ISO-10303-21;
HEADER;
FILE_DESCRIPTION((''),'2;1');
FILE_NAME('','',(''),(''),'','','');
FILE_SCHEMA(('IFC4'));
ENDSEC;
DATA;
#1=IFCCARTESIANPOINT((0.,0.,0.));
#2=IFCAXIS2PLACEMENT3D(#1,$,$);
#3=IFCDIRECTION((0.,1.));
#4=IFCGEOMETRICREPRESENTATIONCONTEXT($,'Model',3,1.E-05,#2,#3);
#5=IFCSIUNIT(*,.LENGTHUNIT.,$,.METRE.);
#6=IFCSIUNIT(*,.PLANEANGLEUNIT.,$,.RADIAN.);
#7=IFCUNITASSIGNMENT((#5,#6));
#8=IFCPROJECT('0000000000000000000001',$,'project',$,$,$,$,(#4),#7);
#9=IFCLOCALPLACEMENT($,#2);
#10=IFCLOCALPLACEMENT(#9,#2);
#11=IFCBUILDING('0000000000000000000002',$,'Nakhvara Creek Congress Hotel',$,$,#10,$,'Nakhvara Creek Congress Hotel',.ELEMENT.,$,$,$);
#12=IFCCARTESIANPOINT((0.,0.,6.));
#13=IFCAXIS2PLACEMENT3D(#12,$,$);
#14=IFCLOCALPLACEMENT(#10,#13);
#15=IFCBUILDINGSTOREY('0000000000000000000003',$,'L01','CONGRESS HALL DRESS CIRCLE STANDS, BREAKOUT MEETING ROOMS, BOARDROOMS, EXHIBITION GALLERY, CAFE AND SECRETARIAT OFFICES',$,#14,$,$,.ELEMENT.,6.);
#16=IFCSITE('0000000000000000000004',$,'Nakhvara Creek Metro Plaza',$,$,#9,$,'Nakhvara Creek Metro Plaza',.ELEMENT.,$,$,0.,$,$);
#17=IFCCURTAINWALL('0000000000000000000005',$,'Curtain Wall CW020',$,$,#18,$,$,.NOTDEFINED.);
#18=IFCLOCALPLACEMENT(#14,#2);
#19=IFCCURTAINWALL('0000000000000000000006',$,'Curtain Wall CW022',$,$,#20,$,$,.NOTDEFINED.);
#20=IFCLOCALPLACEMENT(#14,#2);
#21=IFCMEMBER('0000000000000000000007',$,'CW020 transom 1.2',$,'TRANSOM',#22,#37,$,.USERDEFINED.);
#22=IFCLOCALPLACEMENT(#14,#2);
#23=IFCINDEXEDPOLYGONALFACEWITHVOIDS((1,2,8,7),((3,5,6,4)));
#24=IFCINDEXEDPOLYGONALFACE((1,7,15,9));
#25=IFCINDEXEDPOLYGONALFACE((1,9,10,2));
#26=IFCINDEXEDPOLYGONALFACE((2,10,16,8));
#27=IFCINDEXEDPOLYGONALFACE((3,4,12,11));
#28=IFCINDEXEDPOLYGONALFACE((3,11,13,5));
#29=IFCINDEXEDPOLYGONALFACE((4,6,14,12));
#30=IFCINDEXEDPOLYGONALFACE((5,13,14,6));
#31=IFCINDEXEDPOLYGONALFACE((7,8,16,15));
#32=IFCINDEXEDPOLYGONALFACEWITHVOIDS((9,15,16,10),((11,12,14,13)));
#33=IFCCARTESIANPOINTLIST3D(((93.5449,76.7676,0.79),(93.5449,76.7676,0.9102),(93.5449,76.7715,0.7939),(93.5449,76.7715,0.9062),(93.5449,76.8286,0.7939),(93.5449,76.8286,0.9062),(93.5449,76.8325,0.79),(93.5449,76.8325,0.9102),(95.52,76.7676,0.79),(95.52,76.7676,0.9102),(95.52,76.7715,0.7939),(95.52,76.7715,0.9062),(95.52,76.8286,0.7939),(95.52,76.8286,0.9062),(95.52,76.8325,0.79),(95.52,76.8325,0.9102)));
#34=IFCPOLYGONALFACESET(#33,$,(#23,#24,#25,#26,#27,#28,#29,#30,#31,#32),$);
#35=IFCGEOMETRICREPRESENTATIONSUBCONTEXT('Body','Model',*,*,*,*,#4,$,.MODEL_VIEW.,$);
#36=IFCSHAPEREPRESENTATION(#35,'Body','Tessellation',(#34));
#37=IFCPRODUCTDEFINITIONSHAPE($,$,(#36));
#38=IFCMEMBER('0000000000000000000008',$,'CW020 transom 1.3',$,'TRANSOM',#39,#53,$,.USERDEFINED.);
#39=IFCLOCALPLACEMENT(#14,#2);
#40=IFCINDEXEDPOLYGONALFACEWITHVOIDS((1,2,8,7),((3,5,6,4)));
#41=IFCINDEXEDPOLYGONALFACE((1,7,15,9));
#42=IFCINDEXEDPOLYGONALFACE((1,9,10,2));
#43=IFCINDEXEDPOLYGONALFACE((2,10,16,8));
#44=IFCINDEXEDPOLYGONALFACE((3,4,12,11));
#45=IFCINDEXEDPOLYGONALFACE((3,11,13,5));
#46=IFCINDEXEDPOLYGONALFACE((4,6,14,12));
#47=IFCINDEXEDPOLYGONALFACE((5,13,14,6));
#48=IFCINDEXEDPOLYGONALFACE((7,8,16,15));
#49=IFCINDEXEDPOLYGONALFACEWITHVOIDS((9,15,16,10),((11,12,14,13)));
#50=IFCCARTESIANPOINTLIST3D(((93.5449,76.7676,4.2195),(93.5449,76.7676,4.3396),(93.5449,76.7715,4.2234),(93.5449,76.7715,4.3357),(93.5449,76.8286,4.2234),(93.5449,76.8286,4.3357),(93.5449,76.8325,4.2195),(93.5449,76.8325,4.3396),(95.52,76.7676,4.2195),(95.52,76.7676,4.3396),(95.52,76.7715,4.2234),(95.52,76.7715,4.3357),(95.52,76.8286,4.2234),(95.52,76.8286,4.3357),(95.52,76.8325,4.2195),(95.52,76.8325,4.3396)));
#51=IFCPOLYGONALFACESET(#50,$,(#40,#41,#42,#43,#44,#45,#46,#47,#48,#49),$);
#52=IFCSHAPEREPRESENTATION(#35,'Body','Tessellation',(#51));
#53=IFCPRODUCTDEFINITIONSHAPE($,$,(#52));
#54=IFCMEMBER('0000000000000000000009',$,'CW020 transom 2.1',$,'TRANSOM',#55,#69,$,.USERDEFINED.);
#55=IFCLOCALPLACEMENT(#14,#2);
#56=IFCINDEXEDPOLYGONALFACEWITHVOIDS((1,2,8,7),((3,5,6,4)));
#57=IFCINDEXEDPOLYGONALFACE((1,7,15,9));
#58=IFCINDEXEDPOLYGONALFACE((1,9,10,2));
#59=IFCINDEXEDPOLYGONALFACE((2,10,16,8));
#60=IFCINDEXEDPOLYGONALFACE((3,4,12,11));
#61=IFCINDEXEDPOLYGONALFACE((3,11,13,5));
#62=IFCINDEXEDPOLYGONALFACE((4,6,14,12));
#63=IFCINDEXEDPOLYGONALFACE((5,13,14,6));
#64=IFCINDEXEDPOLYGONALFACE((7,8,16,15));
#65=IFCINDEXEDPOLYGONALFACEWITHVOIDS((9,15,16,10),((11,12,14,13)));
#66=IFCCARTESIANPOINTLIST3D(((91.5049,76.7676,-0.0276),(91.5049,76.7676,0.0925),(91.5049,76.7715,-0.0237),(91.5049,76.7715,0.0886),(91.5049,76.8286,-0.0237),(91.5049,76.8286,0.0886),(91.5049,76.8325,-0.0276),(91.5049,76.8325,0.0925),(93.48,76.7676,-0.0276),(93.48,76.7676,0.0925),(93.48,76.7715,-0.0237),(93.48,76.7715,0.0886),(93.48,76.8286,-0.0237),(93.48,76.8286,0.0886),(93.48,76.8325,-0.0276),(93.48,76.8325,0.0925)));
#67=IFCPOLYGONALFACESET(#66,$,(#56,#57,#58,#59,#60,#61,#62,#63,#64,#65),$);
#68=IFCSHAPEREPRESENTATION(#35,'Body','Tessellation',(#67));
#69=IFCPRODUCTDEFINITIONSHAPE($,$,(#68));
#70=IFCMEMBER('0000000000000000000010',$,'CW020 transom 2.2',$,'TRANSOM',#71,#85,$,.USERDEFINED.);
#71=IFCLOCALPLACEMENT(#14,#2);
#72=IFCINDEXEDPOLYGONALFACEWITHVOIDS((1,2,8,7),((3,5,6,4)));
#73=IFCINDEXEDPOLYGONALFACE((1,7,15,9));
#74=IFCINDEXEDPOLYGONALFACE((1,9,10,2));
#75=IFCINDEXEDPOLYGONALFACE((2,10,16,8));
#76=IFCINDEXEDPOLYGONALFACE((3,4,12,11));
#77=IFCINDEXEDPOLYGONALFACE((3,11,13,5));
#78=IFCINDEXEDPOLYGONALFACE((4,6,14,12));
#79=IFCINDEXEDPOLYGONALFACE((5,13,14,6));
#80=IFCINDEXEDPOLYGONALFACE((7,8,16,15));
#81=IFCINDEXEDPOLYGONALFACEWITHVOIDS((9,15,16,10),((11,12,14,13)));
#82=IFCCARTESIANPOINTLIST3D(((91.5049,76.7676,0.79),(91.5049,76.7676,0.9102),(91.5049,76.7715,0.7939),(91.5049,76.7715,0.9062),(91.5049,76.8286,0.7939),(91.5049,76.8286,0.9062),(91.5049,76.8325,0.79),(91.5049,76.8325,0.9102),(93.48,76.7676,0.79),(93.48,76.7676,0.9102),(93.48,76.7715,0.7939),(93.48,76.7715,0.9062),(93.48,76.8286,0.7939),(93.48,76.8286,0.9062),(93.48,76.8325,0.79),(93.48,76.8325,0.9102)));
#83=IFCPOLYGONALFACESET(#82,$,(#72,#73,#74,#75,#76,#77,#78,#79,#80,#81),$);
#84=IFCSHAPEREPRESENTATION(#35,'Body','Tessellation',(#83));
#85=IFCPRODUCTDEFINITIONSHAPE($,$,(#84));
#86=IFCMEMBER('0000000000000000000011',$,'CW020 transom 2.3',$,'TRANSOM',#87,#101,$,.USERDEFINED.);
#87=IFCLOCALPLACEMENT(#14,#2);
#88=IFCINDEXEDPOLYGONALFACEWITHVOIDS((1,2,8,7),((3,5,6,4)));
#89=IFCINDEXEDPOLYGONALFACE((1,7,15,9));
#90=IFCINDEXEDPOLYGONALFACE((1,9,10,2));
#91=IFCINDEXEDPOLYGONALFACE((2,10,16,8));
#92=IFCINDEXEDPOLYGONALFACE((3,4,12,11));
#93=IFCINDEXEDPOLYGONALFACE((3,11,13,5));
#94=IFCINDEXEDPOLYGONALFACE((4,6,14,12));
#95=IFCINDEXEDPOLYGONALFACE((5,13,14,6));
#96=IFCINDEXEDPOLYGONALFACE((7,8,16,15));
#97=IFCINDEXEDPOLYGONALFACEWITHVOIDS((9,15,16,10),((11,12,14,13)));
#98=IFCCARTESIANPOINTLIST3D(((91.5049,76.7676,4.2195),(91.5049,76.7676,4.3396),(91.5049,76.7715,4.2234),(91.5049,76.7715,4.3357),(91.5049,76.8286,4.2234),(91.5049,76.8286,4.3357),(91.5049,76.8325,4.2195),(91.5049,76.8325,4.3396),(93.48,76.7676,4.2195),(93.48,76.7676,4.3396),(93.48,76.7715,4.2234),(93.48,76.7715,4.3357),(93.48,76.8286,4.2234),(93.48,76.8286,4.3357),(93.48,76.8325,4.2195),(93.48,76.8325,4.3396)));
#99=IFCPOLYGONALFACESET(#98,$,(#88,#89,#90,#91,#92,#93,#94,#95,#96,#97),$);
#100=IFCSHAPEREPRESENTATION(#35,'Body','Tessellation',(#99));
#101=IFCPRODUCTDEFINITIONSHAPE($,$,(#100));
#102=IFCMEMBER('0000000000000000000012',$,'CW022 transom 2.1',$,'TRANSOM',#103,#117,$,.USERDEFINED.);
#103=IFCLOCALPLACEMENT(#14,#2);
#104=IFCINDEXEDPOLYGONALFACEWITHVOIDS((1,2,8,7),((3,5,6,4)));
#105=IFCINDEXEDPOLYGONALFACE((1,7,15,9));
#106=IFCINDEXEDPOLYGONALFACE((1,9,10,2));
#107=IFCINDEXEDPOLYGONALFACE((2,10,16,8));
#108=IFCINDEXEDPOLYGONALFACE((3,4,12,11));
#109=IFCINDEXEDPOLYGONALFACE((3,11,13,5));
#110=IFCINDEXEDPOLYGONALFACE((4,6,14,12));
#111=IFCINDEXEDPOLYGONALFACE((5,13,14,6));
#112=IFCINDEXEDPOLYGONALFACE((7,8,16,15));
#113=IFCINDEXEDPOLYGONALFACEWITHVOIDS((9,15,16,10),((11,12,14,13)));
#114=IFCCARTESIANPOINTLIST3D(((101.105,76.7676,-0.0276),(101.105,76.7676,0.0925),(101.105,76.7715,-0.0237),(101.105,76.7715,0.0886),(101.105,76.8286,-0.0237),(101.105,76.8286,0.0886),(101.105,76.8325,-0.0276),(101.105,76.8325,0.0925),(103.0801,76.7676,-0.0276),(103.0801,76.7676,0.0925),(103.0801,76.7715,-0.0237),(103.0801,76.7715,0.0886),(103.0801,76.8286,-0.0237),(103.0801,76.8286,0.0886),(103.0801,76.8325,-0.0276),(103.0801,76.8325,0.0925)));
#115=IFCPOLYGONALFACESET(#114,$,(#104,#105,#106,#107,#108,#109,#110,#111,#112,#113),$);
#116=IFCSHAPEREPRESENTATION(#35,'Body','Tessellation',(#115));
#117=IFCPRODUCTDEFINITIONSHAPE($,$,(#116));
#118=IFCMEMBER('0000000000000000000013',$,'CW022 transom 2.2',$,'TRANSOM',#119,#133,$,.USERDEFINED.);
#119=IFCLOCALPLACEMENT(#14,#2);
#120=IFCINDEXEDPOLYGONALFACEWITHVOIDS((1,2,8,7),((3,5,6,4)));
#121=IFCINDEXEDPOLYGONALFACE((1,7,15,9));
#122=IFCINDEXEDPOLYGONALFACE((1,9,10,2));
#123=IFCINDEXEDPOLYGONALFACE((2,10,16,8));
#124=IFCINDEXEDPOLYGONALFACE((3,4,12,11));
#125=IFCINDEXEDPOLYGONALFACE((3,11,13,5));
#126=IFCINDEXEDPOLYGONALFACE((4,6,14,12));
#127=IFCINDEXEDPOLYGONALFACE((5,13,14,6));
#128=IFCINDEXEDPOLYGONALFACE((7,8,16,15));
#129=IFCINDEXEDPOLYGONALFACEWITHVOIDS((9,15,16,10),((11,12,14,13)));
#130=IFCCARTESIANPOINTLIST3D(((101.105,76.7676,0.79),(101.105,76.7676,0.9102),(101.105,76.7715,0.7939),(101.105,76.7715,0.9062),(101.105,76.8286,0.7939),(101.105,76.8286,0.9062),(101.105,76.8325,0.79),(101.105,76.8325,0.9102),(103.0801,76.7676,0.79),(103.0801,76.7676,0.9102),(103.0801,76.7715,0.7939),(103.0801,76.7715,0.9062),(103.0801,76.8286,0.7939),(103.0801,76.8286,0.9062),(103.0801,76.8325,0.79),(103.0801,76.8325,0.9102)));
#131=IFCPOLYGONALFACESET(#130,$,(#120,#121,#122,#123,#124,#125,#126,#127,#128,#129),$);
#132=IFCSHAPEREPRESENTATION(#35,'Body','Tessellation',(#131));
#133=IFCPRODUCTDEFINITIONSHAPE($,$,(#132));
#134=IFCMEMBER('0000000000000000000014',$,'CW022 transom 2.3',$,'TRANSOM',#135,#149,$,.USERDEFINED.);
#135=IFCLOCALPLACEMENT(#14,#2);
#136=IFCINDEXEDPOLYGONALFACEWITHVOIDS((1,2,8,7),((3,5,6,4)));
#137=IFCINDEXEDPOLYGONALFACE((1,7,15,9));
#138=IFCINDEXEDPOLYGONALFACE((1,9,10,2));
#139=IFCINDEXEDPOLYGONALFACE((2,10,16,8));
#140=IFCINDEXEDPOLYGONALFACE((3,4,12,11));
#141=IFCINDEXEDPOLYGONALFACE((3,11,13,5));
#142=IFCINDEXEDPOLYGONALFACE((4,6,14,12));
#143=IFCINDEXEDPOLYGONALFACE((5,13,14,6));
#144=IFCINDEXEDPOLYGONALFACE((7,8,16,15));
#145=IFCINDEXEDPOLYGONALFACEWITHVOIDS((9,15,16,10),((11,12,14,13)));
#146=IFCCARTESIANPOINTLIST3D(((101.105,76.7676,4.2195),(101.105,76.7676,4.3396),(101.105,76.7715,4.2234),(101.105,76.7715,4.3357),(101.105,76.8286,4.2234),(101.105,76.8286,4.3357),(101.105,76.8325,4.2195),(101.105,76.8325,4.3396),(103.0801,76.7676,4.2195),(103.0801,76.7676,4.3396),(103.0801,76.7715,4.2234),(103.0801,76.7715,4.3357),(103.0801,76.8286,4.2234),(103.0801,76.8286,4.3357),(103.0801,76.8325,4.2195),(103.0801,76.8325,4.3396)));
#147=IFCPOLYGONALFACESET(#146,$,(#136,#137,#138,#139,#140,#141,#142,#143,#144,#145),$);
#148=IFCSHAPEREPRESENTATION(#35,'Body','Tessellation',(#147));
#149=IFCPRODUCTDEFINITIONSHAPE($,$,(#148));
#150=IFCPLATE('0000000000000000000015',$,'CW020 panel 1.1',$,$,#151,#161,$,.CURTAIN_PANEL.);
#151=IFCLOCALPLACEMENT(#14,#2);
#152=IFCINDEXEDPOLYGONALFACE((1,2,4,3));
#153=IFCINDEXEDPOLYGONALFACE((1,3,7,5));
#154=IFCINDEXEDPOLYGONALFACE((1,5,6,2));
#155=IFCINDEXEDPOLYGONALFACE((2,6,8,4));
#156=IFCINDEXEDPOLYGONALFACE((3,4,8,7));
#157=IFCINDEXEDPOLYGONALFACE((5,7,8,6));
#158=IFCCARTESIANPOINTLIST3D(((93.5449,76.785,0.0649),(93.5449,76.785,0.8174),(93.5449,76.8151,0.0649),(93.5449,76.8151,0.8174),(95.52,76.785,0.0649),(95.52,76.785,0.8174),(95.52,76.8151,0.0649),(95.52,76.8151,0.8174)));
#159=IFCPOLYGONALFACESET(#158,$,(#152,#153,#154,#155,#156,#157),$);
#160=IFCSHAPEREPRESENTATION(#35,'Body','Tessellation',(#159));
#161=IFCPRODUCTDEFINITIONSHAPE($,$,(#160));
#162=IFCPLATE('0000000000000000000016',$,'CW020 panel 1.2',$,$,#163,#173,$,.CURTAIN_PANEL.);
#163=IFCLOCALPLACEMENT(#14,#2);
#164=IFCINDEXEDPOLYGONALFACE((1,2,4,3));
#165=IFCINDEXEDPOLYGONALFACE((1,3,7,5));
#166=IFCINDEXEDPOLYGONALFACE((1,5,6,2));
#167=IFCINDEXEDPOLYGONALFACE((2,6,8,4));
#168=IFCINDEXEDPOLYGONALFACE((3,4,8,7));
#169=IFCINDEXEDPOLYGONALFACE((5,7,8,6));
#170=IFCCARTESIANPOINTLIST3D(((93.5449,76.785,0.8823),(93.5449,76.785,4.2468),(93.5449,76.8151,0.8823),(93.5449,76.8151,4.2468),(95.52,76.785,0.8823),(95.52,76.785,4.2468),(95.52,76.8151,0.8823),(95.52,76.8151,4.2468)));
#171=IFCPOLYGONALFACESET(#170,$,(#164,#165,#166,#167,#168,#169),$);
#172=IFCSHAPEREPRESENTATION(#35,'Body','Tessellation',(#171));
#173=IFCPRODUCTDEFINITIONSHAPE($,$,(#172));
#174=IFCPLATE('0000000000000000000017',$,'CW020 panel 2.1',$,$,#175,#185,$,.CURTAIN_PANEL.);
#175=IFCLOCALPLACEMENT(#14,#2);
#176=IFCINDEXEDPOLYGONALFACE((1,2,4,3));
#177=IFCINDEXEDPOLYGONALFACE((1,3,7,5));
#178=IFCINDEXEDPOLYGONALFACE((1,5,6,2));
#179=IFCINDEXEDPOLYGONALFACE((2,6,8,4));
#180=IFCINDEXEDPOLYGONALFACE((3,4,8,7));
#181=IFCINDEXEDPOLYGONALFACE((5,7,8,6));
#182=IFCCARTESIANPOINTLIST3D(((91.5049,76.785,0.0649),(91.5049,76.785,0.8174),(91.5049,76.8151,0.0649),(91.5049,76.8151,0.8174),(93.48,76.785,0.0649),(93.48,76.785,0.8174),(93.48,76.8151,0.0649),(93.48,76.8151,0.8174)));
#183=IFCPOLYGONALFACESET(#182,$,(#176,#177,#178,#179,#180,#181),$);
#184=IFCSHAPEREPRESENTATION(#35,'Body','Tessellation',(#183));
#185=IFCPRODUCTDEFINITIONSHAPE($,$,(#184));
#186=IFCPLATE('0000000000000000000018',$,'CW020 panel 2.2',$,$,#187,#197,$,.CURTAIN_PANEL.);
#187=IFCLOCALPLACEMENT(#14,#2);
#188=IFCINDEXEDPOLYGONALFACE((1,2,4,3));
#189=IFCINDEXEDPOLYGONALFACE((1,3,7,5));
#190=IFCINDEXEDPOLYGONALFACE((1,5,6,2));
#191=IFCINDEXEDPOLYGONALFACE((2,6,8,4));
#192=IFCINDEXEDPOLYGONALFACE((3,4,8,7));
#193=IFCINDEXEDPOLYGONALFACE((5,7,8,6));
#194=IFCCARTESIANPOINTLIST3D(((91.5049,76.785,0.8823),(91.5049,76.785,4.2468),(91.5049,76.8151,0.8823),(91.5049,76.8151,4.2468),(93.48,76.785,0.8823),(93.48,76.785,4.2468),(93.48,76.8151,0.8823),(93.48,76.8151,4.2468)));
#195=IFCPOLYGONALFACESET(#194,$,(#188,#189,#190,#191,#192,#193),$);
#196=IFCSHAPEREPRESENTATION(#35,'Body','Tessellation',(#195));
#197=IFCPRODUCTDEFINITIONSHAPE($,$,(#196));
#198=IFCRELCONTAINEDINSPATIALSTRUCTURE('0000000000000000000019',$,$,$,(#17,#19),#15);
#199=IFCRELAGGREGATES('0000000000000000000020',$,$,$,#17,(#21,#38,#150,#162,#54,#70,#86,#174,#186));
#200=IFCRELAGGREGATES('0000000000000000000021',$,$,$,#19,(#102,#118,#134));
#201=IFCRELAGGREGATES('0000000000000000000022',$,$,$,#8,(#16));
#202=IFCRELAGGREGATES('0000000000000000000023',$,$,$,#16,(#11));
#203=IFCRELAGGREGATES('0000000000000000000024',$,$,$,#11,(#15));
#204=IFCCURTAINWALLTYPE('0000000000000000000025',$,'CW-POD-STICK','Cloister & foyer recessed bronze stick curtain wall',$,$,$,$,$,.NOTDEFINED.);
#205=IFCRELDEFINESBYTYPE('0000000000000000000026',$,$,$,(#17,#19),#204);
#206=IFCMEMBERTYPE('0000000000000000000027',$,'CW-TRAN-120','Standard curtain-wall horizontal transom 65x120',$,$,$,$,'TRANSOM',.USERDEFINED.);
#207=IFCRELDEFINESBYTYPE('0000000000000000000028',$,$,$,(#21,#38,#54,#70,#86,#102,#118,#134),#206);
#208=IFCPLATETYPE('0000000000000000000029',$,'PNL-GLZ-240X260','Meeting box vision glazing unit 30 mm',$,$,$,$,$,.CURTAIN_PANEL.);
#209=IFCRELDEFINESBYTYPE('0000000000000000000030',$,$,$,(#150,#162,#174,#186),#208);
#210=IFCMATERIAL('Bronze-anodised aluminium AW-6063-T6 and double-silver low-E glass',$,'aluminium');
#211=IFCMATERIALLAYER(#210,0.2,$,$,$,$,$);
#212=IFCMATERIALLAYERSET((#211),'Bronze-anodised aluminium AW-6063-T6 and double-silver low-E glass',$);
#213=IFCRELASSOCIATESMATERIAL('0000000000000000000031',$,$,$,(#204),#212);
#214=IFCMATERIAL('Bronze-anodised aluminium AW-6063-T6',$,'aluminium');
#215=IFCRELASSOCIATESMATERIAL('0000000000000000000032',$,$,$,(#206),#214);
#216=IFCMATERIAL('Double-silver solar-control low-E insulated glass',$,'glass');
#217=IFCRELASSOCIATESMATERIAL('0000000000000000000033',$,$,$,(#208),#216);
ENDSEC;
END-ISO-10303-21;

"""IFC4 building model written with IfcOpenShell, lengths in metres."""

from ifc_helpers import new_model, si_unit, direction, frame, origin, origin_2d, place, context, subcontext, project, spatial, rectangle, hollow_rectangle, extrude, material, layer, layer_set, material_profile, profile_set, type_object, element, aggregate, save


model = new_model("IFC4")

# Units and contexts
model_context = context("Model", 3, precision=1e-05, world=origin(), true_north=direction((0.0, 1.0)))
body_context = subcontext(model_context, "Body", "Model", "MODEL_VIEW")
ifc_project = project(units=[si_unit("LENGTHUNIT", "METRE"), si_unit("PLANEANGLEUNIT", "RADIAN")], contexts=[model_context])

# Site, building, storey
site_placement = place(None, origin())
site = spatial("IfcSite", under=ifc_project, at=site_placement, Name="Nakhvara Creek Metro Plaza", LongName="Nakhvara Creek Metro Plaza", CompositionType="ELEMENT", RefElevation=0.0)
building_placement = place(site_placement, origin())
building = spatial("IfcBuilding", under=site, at=building_placement, Name="Nakhvara Creek Congress Hotel", LongName="Nakhvara Creek Congress Hotel", CompositionType="ELEMENT")
storey_placement = place(building_placement, frame((0.0, 0.0, 6.0)))
storey = spatial("IfcBuildingStorey", under=building, at=storey_placement, Name="L01", Description="CONGRESS HALL DRESS CIRCLE STANDS, BREAKOUT MEETING ROOMS, BOARDROOMS, EXHIBITION GALLERY, CAFE AND SECRETARIAT OFFICES", CompositionType="ELEMENT", Elevation=6.0)

# Curtain walls
ifc_material_1 = material(Name="Bronze-anodised aluminium AW-6063-T6 and double-silver low-E glass", Category="aluminium")
ifc_layer = layer(ifc_material_1, 0.2)
ifc_layer_set = layer_set([ifc_layer], Name="Bronze-anodised aluminium AW-6063-T6 and double-silver low-E glass")
curtain_wall_type = type_object("IfcCurtainWallType", Name="CW-POD-STICK", Description="Cloister & foyer recessed bronze stick curtain wall", PredefinedType="NOTDEFINED", material=ifc_layer_set)
curtain_wall_1_placement = place(storey_placement, origin())
curtain_wall_1 = element("IfcCurtainWall", 1, at=curtain_wall_1_placement, inside=storey, type_object=curtain_wall_type, Name="Curtain Wall CW020", PredefinedType="NOTDEFINED")
ifc_material_2 = material(Name="Bronze-anodised aluminium AW-6063-T6", Category="aluminium")
curtain_wall_2_placement = place(storey_placement, origin())
curtain_wall_2 = element("IfcCurtainWall", 2, at=curtain_wall_2_placement, inside=storey, type_object=curtain_wall_type, Name="Curtain Wall CW022", PredefinedType="NOTDEFINED")

# Members
ifc_material_profile_1 = material_profile(ifc_material_2, hollow_rectangle(XDim=0.0649, YDim=0.1201, WallThickness=0.0039, at=origin_2d()), Name="ALU-TRAN 65x120x4", Category="LoadBearing")
ifc_profile_set_1 = profile_set([ifc_material_profile_1], Name="Bronze-anodised aluminium AW-6063-T6")
member_type_1 = type_object("IfcMemberType", Name="CW-TRAN-120", Description="Standard curtain-wall horizontal transom 65x120", ElementType="TRANSOM", PredefinedType="USERDEFINED", material=ifc_profile_set_1)
member_1_placement = place(storey_placement, frame((95.52, 76.8, 0.8501), z_axis=(-1.0, 0.0, 0.0), x_axis=(0.0, -1.0, 0.0)))
member_1 = element("IfcMember", 3, at=member_1_placement, type_object=member_type_1, Name="CW020 transom 1.2", ObjectType="TRANSOM", PredefinedType="USERDEFINED", context=body_context, shape_type="SweptSolid", body=[
    extrude(hollow_rectangle(XDim=0.0649, YDim=0.1201, WallThickness=0.0039, at=origin_2d()), origin(), (0.0, 0.0, 1.0), 1.9751),
])
member_2_placement = place(storey_placement, frame((95.52, 76.8, 4.2795), z_axis=(-1.0, 0.0, 0.0), x_axis=(0.0, -1.0, 0.0)))
member_2 = element("IfcMember", 4, at=member_2_placement, type_object=member_type_1, Name="CW020 transom 1.3", ObjectType="TRANSOM", PredefinedType="USERDEFINED", context=body_context, shape_type="SweptSolid", body=[
    extrude(hollow_rectangle(XDim=0.0649, YDim=0.1201, WallThickness=0.0039, at=origin_2d()), origin(), (0.0, 0.0, 1.0), 1.9751),
])
member_3_placement = place(storey_placement, frame((93.48, 76.8, 0.0325), z_axis=(-1.0, 0.0, 0.0), x_axis=(0.0, -1.0, 0.0)))
member_3 = element("IfcMember", 5, at=member_3_placement, type_object=member_type_1, Name="CW020 transom 2.1", ObjectType="TRANSOM", PredefinedType="USERDEFINED", context=body_context, shape_type="SweptSolid", body=[
    extrude(hollow_rectangle(XDim=0.0649, YDim=0.1201, WallThickness=0.0039, at=origin_2d()), origin(), (0.0, 0.0, 1.0), 1.9751),
])
member_4_placement = place(storey_placement, frame((93.48, 76.8, 0.8501), z_axis=(-1.0, 0.0, 0.0), x_axis=(0.0, -1.0, 0.0)))
member_4 = element("IfcMember", 6, at=member_4_placement, type_object=member_type_1, Name="CW020 transom 2.2", ObjectType="TRANSOM", PredefinedType="USERDEFINED", context=body_context, shape_type="SweptSolid", body=[
    extrude(hollow_rectangle(XDim=0.0649, YDim=0.1201, WallThickness=0.0039, at=origin_2d()), origin(), (0.0, 0.0, 1.0), 1.9751),
])
member_5_placement = place(storey_placement, frame((93.48, 76.8, 4.2795), z_axis=(-1.0, 0.0, 0.0), x_axis=(0.0, -1.0, 0.0)))
member_5 = element("IfcMember", 7, at=member_5_placement, type_object=member_type_1, Name="CW020 transom 2.3", ObjectType="TRANSOM", PredefinedType="USERDEFINED", context=body_context, shape_type="SweptSolid", body=[
    extrude(hollow_rectangle(XDim=0.0649, YDim=0.1201, WallThickness=0.0039, at=origin_2d()), origin(), (0.0, 0.0, 1.0), 1.9751),
])
member_6_placement = place(storey_placement, frame((103.0801, 76.8, 0.0325), z_axis=(-1.0, 0.0, 0.0), x_axis=(0.0, -1.0, 0.0)))
member_6 = element("IfcMember", 8, at=member_6_placement, type_object=member_type_1, Name="CW022 transom 2.1", ObjectType="TRANSOM", PredefinedType="USERDEFINED", context=body_context, shape_type="SweptSolid", body=[
    extrude(hollow_rectangle(XDim=0.0649, YDim=0.1201, WallThickness=0.0039, at=origin_2d()), origin(), (0.0, 0.0, 1.0), 1.9751),
])
member_7_placement = place(storey_placement, frame((103.0801, 76.8, 0.8501), z_axis=(-1.0, 0.0, 0.0), x_axis=(0.0, -1.0, 0.0)))
member_7 = element("IfcMember", 9, at=member_7_placement, type_object=member_type_1, Name="CW022 transom 2.2", ObjectType="TRANSOM", PredefinedType="USERDEFINED", context=body_context, shape_type="SweptSolid", body=[
    extrude(hollow_rectangle(XDim=0.0649, YDim=0.1201, WallThickness=0.0039, at=origin_2d()), origin(), (0.0, 0.0, 1.0), 1.9751),
])
member_8_placement = place(storey_placement, frame((103.0801, 76.8, 4.2795), z_axis=(-1.0, 0.0, 0.0), x_axis=(0.0, -1.0, 0.0)))
member_8 = element("IfcMember", 10, at=member_8_placement, type_object=member_type_1, Name="CW022 transom 2.3", ObjectType="TRANSOM", PredefinedType="USERDEFINED", context=body_context, shape_type="SweptSolid", body=[
    extrude(hollow_rectangle(XDim=0.0649, YDim=0.1201, WallThickness=0.0039, at=origin_2d()), origin(), (0.0, 0.0, 1.0), 1.9751),
])

# Plates
ifc_material_3 = material(Name="Double-silver solar-control low-E insulated glass", Category="glass")
plate_type = type_object("IfcPlateType", Name="PNL-GLZ-240X260", Description="Meeting box vision glazing unit 30 mm", PredefinedType="CURTAIN_PANEL", material=ifc_material_3)
plate_1_placement = place(storey_placement, frame((94.5325, 76.8, 0.0649), z_axis=(0.0, 0.0, 1.0), x_axis=(-1.0, 0.0, 0.0)))
plate_1 = element("IfcPlate", 11, at=plate_1_placement, type_object=plate_type, Name="CW020 panel 1.1", PredefinedType="CURTAIN_PANEL", context=body_context, shape_type="SweptSolid", body=[
    extrude(rectangle(XDim=1.9751, YDim=0.03, at=origin_2d()), origin(), (0.0, 0.0, 1.0), 0.7524),
])
plate_2_placement = place(storey_placement, frame((94.5325, 76.8, 0.8823), z_axis=(0.0, 0.0, 1.0), x_axis=(-1.0, 0.0, 0.0)))
plate_2 = element("IfcPlate", 12, at=plate_2_placement, type_object=plate_type, Name="CW020 panel 1.2", PredefinedType="CURTAIN_PANEL", context=body_context, shape_type="SweptSolid", body=[
    extrude(rectangle(XDim=1.9751, YDim=0.03, at=origin_2d()), origin(), (0.0, 0.0, 1.0), 3.3645),
])
plate_3_placement = place(storey_placement, frame((92.4924, 76.8, 0.0649), z_axis=(0.0, 0.0, 1.0), x_axis=(-1.0, 0.0, 0.0)))
plate_3 = element("IfcPlate", 13, at=plate_3_placement, type_object=plate_type, Name="CW020 panel 2.1", PredefinedType="CURTAIN_PANEL", context=body_context, shape_type="SweptSolid", body=[
    extrude(rectangle(XDim=1.9751, YDim=0.03, at=origin_2d()), origin(), (0.0, 0.0, 1.0), 0.7524),
])
plate_4_placement = place(storey_placement, frame((92.4924, 76.8, 0.8823), z_axis=(0.0, 0.0, 1.0), x_axis=(-1.0, 0.0, 0.0)))
plate_4 = element("IfcPlate", 14, at=plate_4_placement, type_object=plate_type, Name="CW020 panel 2.2", PredefinedType="CURTAIN_PANEL", context=body_context, shape_type="SweptSolid", body=[
    extrude(rectangle(XDim=1.9751, YDim=0.03, at=origin_2d()), origin(), (0.0, 0.0, 1.0), 3.3645),
])
aggregate(curtain_wall_1, [member_1, member_2, plate_1, plate_2, member_3, member_4, member_5, plate_3, plate_4])
aggregate(curtain_wall_2, [member_6, member_7, member_8])

save(model, "model.ifc")
